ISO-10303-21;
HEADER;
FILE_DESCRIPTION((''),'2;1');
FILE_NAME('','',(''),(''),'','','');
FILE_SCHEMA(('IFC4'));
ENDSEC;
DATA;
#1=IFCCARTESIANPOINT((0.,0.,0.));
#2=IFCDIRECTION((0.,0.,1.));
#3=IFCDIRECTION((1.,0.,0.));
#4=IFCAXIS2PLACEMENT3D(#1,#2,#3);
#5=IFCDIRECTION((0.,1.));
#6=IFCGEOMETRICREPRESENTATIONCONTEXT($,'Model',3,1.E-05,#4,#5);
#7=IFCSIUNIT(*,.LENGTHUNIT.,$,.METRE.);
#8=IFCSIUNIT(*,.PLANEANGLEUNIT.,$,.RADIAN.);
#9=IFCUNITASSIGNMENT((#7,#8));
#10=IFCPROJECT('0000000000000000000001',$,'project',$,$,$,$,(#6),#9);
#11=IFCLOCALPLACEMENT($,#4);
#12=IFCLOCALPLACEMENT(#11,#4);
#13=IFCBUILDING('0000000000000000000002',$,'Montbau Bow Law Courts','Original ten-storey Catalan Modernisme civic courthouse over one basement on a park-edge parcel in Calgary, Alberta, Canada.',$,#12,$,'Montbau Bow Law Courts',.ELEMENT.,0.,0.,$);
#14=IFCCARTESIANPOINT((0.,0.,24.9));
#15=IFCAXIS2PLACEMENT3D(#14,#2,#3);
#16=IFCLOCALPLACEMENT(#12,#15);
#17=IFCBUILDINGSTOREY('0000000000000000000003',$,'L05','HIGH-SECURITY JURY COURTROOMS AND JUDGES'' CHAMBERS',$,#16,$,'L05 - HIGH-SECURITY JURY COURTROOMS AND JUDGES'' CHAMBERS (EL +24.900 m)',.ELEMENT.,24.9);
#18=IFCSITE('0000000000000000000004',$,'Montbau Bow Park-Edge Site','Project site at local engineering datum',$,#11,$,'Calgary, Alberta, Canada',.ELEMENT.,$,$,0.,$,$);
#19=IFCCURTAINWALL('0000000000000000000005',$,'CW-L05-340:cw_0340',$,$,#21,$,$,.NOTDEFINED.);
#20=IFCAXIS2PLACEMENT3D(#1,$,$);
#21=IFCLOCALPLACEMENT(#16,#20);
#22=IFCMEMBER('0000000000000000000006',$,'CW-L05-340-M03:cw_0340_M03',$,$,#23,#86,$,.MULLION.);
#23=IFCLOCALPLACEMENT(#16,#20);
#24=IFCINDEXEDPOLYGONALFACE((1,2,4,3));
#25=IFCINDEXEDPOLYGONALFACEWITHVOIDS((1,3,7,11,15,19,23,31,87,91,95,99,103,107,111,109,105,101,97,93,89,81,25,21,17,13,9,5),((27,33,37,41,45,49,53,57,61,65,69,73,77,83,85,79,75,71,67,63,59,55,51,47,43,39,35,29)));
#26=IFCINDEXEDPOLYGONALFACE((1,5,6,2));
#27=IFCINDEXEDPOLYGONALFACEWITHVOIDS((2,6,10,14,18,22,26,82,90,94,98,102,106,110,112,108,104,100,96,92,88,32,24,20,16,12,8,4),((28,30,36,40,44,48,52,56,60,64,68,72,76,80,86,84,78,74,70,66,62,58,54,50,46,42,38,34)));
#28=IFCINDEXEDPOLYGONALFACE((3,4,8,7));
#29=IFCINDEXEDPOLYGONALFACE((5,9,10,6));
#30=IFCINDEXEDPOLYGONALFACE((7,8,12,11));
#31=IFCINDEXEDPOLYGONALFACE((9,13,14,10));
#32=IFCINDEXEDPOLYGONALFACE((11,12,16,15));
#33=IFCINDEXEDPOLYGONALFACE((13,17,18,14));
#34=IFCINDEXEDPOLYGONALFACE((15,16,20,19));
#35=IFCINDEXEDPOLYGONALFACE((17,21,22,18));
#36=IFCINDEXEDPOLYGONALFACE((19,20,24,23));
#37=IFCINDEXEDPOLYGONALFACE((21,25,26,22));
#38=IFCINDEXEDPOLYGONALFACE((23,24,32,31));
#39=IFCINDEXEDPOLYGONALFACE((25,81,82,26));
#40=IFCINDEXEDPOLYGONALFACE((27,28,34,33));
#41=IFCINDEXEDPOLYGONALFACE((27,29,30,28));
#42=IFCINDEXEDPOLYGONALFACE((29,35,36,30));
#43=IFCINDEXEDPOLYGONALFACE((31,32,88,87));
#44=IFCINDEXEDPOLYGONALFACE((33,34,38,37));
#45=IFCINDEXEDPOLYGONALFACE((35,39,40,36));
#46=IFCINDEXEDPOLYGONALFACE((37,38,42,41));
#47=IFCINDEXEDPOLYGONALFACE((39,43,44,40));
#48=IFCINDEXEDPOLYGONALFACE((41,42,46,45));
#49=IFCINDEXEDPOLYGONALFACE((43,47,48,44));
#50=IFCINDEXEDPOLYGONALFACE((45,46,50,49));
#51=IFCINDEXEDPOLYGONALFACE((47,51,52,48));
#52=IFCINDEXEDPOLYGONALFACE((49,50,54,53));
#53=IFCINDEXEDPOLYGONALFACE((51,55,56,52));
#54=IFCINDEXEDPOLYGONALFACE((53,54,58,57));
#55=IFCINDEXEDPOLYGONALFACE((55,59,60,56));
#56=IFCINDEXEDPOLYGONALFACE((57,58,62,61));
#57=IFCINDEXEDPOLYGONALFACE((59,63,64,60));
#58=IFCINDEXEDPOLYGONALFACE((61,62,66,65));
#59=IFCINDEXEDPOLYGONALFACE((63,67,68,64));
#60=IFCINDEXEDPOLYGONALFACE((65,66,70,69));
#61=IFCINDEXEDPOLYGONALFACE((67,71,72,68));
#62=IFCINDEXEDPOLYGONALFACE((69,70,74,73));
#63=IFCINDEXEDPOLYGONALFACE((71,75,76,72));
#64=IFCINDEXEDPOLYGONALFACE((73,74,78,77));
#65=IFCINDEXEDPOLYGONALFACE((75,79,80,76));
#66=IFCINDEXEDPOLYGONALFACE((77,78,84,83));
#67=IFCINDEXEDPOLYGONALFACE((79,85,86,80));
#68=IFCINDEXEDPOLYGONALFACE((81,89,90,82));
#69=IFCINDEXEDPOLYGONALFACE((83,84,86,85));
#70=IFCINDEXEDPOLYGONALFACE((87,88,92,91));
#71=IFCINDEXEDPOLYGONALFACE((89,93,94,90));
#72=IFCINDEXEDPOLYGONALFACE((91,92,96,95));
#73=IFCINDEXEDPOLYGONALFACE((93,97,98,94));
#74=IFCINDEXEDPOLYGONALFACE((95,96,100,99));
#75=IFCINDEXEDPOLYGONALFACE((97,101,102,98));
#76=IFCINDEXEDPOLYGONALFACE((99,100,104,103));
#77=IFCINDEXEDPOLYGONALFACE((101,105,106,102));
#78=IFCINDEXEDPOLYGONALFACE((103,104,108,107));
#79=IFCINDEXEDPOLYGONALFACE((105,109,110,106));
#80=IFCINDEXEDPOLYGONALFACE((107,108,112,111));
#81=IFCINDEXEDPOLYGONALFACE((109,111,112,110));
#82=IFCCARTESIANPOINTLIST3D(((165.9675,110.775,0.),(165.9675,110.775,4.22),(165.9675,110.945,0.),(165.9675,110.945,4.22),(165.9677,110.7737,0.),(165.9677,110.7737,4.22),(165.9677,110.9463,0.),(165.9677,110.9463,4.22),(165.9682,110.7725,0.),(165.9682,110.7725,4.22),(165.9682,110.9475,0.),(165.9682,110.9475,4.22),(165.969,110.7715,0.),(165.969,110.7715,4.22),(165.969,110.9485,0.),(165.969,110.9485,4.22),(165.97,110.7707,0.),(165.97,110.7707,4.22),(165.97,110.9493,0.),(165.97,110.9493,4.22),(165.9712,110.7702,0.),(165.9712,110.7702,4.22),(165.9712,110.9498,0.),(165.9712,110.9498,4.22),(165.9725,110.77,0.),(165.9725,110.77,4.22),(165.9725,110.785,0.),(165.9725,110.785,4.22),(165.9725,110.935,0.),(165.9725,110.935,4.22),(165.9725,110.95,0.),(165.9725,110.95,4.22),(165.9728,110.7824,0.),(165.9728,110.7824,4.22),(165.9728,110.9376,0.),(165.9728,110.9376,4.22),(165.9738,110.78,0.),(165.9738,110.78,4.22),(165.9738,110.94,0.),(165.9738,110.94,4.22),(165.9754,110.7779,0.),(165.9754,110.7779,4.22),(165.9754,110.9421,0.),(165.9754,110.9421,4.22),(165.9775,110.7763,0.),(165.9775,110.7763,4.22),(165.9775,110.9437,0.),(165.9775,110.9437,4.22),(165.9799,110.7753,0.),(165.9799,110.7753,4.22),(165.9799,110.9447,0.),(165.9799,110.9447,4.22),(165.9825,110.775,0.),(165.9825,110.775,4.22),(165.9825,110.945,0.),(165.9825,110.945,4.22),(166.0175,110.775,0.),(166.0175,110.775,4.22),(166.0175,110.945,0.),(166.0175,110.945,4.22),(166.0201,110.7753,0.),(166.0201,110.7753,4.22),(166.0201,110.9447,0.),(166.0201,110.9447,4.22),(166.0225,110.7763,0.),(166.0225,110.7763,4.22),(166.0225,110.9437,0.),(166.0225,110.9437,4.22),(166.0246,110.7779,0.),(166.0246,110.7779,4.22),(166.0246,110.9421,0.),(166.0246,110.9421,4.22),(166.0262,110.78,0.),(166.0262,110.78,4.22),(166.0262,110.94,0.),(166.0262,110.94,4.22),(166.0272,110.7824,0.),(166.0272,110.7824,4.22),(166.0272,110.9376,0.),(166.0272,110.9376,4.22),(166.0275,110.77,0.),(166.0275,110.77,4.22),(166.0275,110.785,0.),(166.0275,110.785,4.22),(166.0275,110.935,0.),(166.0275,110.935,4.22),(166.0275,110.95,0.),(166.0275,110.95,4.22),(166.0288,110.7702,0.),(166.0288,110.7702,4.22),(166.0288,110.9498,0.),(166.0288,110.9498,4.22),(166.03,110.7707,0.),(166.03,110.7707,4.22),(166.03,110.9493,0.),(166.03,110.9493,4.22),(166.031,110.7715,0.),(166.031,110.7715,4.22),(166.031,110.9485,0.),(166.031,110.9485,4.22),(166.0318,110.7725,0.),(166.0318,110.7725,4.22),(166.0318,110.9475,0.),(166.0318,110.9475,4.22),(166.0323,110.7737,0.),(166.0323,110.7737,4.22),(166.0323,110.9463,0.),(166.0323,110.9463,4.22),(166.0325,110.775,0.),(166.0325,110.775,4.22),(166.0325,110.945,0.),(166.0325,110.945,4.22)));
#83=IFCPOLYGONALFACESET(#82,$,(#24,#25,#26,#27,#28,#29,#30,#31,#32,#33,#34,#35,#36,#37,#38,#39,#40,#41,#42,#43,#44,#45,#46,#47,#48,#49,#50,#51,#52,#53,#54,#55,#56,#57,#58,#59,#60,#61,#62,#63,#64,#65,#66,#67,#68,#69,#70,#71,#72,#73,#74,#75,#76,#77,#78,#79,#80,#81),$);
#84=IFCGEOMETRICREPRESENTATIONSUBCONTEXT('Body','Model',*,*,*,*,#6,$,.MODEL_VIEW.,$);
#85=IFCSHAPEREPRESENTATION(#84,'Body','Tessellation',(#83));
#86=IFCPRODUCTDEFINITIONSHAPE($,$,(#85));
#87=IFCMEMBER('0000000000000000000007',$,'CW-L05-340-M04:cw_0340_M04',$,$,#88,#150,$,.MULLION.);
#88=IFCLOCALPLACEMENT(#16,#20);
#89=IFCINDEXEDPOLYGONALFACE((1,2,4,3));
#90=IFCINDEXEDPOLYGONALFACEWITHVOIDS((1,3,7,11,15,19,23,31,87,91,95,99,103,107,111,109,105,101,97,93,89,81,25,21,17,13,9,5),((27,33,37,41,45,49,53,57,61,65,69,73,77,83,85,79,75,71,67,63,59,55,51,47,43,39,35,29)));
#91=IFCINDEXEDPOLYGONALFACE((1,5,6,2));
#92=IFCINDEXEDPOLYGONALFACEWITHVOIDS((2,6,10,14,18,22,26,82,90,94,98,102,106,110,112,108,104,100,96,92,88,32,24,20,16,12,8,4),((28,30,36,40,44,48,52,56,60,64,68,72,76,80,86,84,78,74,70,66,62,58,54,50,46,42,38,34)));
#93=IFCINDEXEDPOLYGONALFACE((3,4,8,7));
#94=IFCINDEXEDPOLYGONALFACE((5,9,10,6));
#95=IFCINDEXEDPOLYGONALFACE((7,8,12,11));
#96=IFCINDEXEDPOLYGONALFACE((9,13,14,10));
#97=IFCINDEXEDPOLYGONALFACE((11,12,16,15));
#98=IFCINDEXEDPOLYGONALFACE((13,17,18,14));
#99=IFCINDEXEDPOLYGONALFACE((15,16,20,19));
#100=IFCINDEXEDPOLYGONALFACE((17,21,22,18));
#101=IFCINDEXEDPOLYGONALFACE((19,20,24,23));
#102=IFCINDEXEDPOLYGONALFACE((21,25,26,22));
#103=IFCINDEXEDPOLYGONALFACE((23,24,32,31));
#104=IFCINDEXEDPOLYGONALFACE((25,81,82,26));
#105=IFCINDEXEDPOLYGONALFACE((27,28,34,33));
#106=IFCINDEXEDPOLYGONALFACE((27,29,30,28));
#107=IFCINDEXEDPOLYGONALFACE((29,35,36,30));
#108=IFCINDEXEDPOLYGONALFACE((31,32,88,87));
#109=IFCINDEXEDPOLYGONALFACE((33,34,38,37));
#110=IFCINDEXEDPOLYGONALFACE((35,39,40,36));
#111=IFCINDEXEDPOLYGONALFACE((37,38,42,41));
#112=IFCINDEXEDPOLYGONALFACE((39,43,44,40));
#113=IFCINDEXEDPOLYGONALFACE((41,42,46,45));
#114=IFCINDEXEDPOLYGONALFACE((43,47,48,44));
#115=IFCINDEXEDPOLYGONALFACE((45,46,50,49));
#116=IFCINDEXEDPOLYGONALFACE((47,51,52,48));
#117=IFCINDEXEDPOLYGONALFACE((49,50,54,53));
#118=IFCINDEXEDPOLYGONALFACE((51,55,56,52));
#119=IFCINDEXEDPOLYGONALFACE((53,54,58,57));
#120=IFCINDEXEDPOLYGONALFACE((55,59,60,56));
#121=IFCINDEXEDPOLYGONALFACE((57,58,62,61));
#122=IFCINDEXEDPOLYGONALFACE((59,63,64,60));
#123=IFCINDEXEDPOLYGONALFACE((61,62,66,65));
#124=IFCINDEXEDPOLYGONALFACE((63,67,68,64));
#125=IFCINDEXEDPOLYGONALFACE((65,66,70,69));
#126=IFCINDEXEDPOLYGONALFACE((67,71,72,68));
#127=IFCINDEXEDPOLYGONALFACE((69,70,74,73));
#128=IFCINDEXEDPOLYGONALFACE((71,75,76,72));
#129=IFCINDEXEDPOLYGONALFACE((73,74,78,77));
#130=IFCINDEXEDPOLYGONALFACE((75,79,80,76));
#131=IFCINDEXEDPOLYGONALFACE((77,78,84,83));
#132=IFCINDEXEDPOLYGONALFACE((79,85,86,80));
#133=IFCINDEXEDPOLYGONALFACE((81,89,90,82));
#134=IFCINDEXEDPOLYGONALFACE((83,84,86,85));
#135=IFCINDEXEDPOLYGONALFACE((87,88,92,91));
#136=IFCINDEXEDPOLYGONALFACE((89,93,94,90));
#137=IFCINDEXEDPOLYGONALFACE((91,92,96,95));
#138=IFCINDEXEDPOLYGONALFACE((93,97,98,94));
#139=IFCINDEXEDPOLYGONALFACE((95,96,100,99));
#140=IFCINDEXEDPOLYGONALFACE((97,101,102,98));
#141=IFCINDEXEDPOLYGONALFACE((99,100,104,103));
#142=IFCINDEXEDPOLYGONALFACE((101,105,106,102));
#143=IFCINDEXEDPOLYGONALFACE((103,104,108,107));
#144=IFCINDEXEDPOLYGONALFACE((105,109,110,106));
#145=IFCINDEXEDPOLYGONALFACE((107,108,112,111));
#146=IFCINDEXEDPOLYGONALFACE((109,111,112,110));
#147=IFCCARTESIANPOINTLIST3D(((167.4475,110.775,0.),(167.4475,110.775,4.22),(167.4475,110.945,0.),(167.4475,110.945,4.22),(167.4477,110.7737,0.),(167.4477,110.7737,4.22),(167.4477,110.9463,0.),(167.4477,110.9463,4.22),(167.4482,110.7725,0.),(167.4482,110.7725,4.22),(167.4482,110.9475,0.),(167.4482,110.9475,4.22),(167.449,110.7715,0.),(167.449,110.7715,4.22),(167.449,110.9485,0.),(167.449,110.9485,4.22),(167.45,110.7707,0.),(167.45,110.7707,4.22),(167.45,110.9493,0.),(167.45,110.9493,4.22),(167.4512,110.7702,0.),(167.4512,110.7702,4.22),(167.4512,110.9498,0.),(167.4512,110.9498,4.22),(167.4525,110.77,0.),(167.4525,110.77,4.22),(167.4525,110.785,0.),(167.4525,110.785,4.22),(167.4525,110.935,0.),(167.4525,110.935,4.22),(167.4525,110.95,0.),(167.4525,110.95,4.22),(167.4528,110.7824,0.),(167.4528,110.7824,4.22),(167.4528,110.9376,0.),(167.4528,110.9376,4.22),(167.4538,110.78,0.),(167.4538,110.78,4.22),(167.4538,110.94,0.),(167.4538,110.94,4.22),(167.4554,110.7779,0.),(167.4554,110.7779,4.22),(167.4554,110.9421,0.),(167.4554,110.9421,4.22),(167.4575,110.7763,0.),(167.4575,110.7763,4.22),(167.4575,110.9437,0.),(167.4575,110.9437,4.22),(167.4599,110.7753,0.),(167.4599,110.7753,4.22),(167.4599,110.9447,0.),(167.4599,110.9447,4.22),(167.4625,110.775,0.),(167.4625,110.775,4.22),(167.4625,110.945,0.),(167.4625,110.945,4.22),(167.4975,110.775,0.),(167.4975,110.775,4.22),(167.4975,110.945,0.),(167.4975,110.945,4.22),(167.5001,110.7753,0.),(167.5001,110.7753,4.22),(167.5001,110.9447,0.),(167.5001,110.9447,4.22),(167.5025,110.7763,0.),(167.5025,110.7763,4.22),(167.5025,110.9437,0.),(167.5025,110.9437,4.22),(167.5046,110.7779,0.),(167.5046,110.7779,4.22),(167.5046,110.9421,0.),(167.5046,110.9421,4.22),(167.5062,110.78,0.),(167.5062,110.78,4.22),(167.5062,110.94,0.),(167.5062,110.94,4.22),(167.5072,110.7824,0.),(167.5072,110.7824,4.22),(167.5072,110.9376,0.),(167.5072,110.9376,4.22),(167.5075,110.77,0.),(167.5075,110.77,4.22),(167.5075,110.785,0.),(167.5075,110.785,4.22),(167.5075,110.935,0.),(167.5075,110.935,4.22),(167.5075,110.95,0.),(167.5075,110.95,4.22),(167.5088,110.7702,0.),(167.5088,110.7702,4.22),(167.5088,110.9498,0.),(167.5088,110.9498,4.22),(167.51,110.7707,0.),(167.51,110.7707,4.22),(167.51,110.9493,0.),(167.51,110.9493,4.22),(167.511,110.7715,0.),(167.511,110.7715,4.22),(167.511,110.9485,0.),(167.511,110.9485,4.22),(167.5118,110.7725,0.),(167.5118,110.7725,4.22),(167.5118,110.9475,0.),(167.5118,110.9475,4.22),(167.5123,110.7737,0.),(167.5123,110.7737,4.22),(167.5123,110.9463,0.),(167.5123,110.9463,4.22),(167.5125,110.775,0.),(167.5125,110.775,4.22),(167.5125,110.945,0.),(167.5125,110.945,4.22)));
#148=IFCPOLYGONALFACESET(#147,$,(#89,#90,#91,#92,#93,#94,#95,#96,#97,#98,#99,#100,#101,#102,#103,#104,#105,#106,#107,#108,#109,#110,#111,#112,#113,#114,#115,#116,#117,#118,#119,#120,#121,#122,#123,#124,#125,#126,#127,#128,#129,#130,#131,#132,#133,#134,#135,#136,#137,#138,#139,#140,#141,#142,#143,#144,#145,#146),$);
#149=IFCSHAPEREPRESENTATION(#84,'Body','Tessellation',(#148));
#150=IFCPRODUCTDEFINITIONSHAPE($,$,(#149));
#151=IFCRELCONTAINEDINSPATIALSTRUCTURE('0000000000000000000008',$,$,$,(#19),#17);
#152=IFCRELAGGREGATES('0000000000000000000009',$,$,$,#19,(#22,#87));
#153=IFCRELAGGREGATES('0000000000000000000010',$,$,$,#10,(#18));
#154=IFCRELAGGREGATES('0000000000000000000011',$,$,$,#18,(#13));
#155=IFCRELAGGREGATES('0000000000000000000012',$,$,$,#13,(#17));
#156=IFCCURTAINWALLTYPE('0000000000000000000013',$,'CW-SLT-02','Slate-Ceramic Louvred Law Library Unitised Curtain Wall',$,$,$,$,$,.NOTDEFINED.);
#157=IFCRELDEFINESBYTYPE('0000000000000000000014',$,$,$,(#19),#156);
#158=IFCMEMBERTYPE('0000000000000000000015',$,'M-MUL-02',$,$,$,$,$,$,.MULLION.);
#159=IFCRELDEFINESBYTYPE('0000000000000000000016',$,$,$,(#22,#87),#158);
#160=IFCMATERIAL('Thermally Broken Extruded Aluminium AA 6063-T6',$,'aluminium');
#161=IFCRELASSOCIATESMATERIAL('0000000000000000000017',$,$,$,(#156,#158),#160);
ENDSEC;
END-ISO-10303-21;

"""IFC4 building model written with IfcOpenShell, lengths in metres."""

from ifc_helpers import new_model, si_unit, direction, frame, origin_with_axes, origin_2d_with_axis, place, context, subcontext, project, spatial, hollow_rectangle, extrude, material, material_profile, profile_set, type_object, element, aggregate, save


model = new_model("IFC4")

# Units and contexts
model_context = context("Model", 3, precision=1e-05, world=origin_with_axes(), true_north=direction((0.0, 1.0)))
body_context = subcontext(model_context, "Body", "Model", "MODEL_VIEW")
ifc_project = project(units=[si_unit("LENGTHUNIT", "METRE"), si_unit("PLANEANGLEUNIT", "RADIAN")], contexts=[model_context])

# Site, building, storey
site_placement = place(None, origin_with_axes())
site = spatial("IfcSite", under=ifc_project, at=site_placement, Name="Montbau Bow Park-Edge Site", Description="Project site at local engineering datum", LongName="Calgary, Alberta, Canada", CompositionType="ELEMENT", RefElevation=0.0)
building_placement = place(site_placement, origin_with_axes())
building = spatial("IfcBuilding", under=site, at=building_placement, Name="Montbau Bow Law Courts", Description="Original ten-storey Catalan Modernisme civic courthouse over one basement on a park-edge parcel in Calgary, Alberta, Canada.", LongName="Montbau Bow Law Courts", CompositionType="ELEMENT", ElevationOfRefHeight=0.0, ElevationOfTerrain=0.0)
storey_placement = place(building_placement, frame((0.0, 0.0, 24.9), z_axis=(0.0, 0.0, 1.0), x_axis=(1.0, 0.0, 0.0)))
storey = spatial("IfcBuildingStorey", under=building, at=storey_placement, Name="L05", Description="HIGH-SECURITY JURY COURTROOMS AND JUDGES' CHAMBERS", LongName="L05 - HIGH-SECURITY JURY COURTROOMS AND JUDGES' CHAMBERS (EL +24.900 m)", CompositionType="ELEMENT", Elevation=24.9)

# Curtain wall, members
ifc_material_1 = material(Name="Thermally Broken Extruded Aluminium AA 6063-T6", Category="aluminium")
curtain_wall_type = type_object("IfcCurtainWallType", Name="CW-SLT-02", Description="Slate-Ceramic Louvred Law Library Unitised Curtain Wall", PredefinedType="NOTDEFINED", material=ifc_material_1)
curtain_wall_placement = place(None, frame((163.04, 110.86, 24.9), z_axis=(0.0, 0.0, 1.0), x_axis=(1.0, 0.0, 0.0)))
curtain_wall = element("IfcCurtainWall", 1, at=curtain_wall_placement, inside=storey, type_object=curtain_wall_type, Name="CW-L05-340:cw_0340", PredefinedType="NOTDEFINED")
ifc_material_profile_1 = material_profile(ifc_material_1, hollow_rectangle(XDim=0.065, YDim=0.18, WallThickness=0.005, InnerFilletRadius=0.01, OuterFilletRadius=0.005, at=origin_2d_with_axis()), Name="CWM-180X65", Category="Main", Priority=0)
ifc_profile_set_1 = profile_set([ifc_material_profile_1], Name="Thermally Broken Extruded Aluminium AA 6063-T6")
member_type_1 = type_object("IfcMemberType", Name="M-MUL-02", PredefinedType="MULLION", material=ifc_profile_set_1)
member_1_placement = place(None, frame((166.0, 110.86, 24.9), z_axis=(0.0, 0.0, 1.0), x_axis=(1.0, 0.0, 0.0)))
member_1 = element("IfcMember", 2, at=member_1_placement, type_object=member_type_1, Name="CW-L05-340-M03:cw_0340_M03", PredefinedType="MULLION", context=body_context, shape_type="SweptSolid", body=[
    extrude(hollow_rectangle(XDim=0.065, YDim=0.18, WallThickness=0.005, InnerFilletRadius=0.01, OuterFilletRadius=0.005, at=origin_2d_with_axis()), origin_with_axes(), (0.0, 0.0, 1.0), 4.22),
])
member_2_placement = place(None, frame((167.48, 110.86, 24.9), z_axis=(0.0, 0.0, 1.0), x_axis=(1.0, 0.0, 0.0)))
member_2 = element("IfcMember", 3, at=member_2_placement, type_object=member_type_1, Name="CW-L05-340-M04:cw_0340_M04", PredefinedType="MULLION", context=body_context, shape_type="SweptSolid", body=[
    extrude(hollow_rectangle(XDim=0.065, YDim=0.18, WallThickness=0.005, InnerFilletRadius=0.01, OuterFilletRadius=0.005, at=origin_2d_with_axis()), origin_with_axes(), (0.0, 0.0, 1.0), 4.22),
])
aggregate(curtain_wall, [member_1, member_2])

save(model, "model.ifc")
